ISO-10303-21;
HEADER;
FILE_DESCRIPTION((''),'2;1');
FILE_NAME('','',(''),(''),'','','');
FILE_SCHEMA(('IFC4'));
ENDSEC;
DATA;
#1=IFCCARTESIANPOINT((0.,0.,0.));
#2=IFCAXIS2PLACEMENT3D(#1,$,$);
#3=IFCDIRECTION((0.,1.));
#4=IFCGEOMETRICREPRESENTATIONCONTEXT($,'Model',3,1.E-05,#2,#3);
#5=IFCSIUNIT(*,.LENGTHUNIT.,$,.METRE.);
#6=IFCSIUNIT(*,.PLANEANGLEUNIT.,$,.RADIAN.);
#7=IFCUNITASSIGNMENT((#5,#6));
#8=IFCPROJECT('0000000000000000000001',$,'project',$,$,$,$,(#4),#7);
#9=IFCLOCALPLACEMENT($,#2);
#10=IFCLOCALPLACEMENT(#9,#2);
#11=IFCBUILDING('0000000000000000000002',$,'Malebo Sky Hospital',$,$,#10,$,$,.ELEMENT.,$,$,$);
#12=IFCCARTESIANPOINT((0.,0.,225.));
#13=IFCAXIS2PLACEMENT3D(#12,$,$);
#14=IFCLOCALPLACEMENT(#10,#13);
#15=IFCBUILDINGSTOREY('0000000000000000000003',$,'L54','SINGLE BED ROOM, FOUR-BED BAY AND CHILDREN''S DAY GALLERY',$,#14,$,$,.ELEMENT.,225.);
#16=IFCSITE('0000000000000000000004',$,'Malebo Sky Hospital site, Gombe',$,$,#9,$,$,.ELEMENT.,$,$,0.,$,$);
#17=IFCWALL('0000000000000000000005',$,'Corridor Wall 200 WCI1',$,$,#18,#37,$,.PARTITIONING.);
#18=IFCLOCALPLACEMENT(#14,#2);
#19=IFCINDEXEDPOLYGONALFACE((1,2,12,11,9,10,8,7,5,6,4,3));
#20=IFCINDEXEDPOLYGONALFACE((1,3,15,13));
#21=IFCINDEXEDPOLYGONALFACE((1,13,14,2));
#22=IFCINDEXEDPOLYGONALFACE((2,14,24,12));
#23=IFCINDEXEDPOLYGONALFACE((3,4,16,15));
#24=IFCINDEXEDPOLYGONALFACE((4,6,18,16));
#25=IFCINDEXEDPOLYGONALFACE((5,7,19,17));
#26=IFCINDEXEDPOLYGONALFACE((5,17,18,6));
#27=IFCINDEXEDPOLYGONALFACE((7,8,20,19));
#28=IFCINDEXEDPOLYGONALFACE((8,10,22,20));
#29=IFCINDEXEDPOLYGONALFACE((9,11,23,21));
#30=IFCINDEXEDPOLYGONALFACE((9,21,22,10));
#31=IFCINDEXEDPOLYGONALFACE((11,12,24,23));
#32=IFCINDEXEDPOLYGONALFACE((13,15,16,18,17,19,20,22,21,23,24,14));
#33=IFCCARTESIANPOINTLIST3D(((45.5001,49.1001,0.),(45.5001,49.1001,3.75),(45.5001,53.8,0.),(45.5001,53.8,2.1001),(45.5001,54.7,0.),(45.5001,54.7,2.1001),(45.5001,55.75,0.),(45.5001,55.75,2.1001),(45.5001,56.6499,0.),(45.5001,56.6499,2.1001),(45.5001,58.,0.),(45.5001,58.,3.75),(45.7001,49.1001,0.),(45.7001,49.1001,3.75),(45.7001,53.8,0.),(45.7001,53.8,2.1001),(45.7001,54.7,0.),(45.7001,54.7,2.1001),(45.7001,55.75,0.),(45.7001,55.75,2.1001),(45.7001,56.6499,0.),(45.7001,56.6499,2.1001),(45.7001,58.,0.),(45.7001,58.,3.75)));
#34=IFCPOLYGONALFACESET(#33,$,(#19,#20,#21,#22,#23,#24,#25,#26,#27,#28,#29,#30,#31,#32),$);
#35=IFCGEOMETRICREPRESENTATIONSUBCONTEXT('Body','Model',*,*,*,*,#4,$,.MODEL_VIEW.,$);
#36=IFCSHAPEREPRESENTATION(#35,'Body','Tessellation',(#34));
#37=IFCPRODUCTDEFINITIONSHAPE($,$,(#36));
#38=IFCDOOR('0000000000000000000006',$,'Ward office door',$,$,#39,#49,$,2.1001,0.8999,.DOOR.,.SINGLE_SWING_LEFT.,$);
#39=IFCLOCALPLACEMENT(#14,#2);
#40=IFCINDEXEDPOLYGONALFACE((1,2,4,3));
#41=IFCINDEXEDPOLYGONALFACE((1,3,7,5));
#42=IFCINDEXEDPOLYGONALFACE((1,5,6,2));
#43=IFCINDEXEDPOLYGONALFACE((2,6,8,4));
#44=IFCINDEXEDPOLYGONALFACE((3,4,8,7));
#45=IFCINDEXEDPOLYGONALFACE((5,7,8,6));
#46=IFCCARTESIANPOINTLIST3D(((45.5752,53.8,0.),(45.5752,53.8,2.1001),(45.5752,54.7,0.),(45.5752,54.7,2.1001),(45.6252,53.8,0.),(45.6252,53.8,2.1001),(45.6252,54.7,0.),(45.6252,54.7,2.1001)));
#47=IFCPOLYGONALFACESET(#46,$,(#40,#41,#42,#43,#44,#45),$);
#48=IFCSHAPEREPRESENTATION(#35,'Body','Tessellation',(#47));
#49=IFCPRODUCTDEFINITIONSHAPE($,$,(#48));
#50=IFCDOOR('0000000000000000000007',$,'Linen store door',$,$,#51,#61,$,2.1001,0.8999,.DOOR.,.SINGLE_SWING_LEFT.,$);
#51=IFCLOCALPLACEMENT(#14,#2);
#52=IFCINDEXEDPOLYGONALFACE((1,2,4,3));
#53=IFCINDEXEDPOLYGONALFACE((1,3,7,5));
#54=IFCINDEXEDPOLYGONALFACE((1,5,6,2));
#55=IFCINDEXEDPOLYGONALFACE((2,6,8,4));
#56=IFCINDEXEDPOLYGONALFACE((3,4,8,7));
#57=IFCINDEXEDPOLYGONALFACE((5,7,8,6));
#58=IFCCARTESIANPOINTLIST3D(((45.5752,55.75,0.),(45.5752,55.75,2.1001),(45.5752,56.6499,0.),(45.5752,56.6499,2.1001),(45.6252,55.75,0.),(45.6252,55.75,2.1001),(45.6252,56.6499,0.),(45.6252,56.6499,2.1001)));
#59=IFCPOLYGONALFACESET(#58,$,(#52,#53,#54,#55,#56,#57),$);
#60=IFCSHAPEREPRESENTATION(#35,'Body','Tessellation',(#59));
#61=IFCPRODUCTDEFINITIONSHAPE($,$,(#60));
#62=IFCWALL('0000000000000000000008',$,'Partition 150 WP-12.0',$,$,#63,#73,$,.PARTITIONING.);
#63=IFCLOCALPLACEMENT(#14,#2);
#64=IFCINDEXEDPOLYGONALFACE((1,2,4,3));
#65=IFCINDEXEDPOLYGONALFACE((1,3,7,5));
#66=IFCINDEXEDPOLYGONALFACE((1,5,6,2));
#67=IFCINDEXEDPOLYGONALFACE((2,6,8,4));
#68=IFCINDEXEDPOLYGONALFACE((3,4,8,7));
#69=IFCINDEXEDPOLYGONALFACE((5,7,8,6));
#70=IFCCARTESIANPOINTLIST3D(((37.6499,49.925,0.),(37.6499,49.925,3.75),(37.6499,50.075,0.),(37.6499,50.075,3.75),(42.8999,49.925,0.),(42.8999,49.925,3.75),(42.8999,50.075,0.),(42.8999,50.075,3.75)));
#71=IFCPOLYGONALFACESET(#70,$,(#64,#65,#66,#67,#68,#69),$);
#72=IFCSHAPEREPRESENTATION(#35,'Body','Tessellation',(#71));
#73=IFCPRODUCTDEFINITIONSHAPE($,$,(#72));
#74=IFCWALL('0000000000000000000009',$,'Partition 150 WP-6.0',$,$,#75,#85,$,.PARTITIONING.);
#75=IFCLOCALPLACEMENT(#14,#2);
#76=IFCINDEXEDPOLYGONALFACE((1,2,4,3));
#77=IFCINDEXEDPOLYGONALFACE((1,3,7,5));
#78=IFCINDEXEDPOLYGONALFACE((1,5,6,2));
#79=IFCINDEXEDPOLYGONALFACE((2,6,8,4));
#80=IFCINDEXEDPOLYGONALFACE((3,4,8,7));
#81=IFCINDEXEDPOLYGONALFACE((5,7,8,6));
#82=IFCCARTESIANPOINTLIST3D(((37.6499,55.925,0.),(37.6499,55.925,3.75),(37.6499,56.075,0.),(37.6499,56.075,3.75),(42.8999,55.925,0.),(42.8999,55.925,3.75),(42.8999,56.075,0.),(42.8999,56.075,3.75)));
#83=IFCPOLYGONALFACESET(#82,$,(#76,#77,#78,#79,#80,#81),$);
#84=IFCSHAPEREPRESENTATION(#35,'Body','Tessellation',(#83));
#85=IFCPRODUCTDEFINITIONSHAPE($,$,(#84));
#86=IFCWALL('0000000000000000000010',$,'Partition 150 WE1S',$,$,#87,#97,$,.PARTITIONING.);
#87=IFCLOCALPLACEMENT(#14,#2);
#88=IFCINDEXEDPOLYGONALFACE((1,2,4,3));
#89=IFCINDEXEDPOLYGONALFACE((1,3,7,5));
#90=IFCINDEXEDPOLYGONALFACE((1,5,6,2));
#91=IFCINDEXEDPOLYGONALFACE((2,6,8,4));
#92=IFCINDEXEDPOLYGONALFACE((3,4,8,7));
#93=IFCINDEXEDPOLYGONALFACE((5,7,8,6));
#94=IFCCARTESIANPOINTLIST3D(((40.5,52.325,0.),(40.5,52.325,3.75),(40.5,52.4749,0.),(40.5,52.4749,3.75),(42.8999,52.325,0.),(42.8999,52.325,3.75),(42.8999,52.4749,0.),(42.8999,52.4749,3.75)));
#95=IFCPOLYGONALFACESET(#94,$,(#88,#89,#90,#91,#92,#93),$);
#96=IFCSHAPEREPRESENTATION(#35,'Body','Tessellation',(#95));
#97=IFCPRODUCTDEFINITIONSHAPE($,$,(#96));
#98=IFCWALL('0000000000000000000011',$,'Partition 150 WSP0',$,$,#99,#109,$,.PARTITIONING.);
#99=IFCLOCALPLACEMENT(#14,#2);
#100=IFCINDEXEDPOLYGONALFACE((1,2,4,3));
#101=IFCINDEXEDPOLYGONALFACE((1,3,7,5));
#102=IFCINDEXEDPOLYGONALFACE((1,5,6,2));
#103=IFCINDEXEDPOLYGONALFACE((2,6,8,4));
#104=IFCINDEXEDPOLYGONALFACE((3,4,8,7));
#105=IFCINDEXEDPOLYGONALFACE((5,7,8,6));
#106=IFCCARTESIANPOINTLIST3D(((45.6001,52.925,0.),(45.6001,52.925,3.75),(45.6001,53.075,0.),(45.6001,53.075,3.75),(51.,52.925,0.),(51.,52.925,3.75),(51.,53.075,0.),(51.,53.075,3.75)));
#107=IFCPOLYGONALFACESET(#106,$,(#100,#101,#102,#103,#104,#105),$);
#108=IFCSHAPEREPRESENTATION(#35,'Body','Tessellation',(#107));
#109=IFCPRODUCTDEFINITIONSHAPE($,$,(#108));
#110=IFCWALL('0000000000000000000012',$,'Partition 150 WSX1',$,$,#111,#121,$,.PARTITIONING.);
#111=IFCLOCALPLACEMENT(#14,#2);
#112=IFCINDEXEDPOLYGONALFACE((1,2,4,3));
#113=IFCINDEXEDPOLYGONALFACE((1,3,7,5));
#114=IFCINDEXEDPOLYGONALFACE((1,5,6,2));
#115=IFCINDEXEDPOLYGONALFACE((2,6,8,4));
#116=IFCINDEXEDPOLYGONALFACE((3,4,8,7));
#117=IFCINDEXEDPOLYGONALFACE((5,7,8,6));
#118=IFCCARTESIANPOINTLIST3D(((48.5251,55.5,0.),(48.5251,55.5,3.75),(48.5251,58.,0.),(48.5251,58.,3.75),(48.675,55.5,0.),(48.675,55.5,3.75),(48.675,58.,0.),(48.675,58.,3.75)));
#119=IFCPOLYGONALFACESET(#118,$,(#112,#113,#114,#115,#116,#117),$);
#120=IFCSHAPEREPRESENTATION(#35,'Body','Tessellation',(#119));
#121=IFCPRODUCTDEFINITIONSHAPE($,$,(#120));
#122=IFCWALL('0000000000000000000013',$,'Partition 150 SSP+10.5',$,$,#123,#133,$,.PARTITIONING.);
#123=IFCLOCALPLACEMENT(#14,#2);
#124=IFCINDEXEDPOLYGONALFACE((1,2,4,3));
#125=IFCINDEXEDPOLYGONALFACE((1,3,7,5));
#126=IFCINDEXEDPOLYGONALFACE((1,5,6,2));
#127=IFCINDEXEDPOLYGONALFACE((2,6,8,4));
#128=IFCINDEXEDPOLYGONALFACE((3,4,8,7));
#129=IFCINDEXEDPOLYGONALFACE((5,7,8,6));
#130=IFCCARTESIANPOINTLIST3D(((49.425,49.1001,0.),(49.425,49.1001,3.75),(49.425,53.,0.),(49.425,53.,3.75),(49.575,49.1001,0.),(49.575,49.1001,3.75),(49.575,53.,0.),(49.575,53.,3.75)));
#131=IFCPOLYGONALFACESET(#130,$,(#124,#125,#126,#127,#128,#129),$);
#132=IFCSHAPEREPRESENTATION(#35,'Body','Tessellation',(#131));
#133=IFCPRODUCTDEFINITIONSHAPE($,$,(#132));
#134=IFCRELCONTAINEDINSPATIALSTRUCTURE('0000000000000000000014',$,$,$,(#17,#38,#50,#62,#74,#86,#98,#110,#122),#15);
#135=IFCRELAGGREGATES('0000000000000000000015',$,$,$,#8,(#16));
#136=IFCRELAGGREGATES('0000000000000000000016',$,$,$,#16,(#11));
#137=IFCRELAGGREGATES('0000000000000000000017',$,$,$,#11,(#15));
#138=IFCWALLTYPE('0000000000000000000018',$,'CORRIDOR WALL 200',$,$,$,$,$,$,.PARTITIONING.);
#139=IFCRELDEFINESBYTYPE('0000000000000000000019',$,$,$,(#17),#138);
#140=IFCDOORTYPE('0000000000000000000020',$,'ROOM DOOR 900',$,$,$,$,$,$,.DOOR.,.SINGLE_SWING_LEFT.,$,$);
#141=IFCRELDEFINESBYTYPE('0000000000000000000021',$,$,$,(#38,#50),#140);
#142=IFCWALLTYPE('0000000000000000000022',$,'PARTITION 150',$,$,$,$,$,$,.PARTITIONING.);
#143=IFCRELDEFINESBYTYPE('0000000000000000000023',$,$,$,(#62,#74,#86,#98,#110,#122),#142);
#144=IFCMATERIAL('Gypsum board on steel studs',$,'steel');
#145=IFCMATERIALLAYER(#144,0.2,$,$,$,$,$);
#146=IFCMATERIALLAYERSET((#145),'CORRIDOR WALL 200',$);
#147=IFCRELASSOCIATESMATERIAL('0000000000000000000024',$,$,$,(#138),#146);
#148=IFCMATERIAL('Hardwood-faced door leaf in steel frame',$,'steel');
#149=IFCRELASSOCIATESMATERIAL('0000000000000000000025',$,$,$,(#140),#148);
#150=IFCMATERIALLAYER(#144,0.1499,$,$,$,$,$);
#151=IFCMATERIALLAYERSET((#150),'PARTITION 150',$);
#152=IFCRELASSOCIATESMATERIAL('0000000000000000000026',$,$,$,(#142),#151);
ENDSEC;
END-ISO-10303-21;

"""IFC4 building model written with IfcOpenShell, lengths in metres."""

from ifc_helpers import new_model, si_unit, direction, frame, frame_2d, origin, place, context, subcontext, project, spatial, rectangle, extrude, material, layer, layer_set, type_object, element, fill, save


model = new_model("IFC4")

# Units and contexts
model_context = context("Model", 3, precision=1e-05, world=origin(), true_north=direction((0.0, 1.0)))
body_context = subcontext(model_context, "Body", "Model", "MODEL_VIEW")
ifc_project = project(units=[si_unit("LENGTHUNIT", "METRE"), si_unit("PLANEANGLEUNIT", "RADIAN")], contexts=[model_context])

# Site, building, storey
site_placement = place(None, origin())
site = spatial("IfcSite", under=ifc_project, at=site_placement, Name="Malebo Sky Hospital site, Gombe", CompositionType="ELEMENT", RefElevation=0.0)
building_placement = place(site_placement, origin())
building = spatial("IfcBuilding", under=site, at=building_placement, Name="Malebo Sky Hospital", CompositionType="ELEMENT")
storey_placement = place(building_placement, frame((0.0, 0.0, 225.0)))
storey = spatial("IfcBuildingStorey", under=building, at=storey_placement, Name="L54", Description="SINGLE BED ROOM, FOUR-BED BAY AND CHILDREN'S DAY GALLERY", CompositionType="ELEMENT", Elevation=225.0)

# Shared definitions
ifc_material_1 = material(Name="Hardwood-faced door leaf in steel frame", Category="steel")

# Wall, openings, doors
ifc_material_2 = material(Name="Gypsum board on steel studs", Category="steel")
ifc_layer_1 = layer(ifc_material_2, 0.2)
ifc_layer_set_1 = layer_set([ifc_layer_1], Name="CORRIDOR WALL 200")
wall_type_1 = type_object("IfcWallType", Name="CORRIDOR WALL 200", PredefinedType="PARTITIONING", material=ifc_layer_set_1)
wall_1_placement = place(storey_placement, frame((45.6001, 49.1001, 0.0), z_axis=(0.0, 0.0, 1.0), x_axis=(0.0, 1.0, 0.0)))
wall_1 = element("IfcWall", 1, at=wall_1_placement, inside=storey, type_object=wall_type_1, Name="Corridor Wall 200 WCI1", PredefinedType="PARTITIONING", context=body_context, shape_type="SweptSolid", body=[
    extrude(rectangle(XDim=8.8999, YDim=0.2, at=frame_2d((4.45, 0.0))), origin(), (0.0, 0.0, 1.0), 3.75),
])
opening_1_placement = place(wall_1_placement, frame((4.7, 0.0, 0.0)))
opening_1 = element("IfcOpeningElement", 2, at=opening_1_placement, cuts=wall_1, PredefinedType="OPENING", context=body_context, shape_type="SweptSolid", body=[
    extrude(rectangle(XDim=0.8999, YDim=2.1001, at=frame_2d((0.45, 1.05))), frame((0.0, 0.1099, 0.0), z_axis=(0.0, -1.0, 0.0), x_axis=(1.0, 0.0, 0.0)), (0.0, 0.0, 1.0), 0.22),
])
opening_2_placement = place(wall_1_placement, frame((6.6499, 0.0, 0.0)))
opening_2 = element("IfcOpeningElement", 3, at=opening_2_placement, cuts=wall_1, PredefinedType="OPENING", context=body_context, shape_type="SweptSolid", body=[
    extrude(rectangle(XDim=0.8999, YDim=2.1001, at=frame_2d((0.45, 1.05))), frame((0.0, 0.1099, 0.0), z_axis=(0.0, -1.0, 0.0), x_axis=(1.0, 0.0, 0.0)), (0.0, 0.0, 1.0), 0.22),
])
door_type_1 = type_object("IfcDoorType", Name="ROOM DOOR 900", OperationType="SINGLE_SWING_LEFT", PredefinedType="DOOR", material=ifc_material_1)
door_1_placement = place(opening_1_placement, origin())
door_1 = element("IfcDoor", 4, at=door_1_placement, inside=storey, type_object=door_type_1, Name="Ward office door", OperationType="SINGLE_SWING_LEFT", OverallHeight=2.1001, OverallWidth=0.8999, PredefinedType="DOOR", context=body_context, shape_type="SweptSolid", body=[
    extrude(rectangle(XDim=0.8999, YDim=2.1001, at=frame_2d((0.45, 1.05))), frame((0.0, 0.0249, 0.0), z_axis=(0.0, -1.0, 0.0), x_axis=(1.0, 0.0, 0.0)), (0.0, 0.0, 1.0), 0.05),
])
fill(opening_1, door_1)
door_2_placement = place(opening_2_placement, origin())
door_2 = element("IfcDoor", 5, at=door_2_placement, inside=storey, type_object=door_type_1, Name="Linen store door", OperationType="SINGLE_SWING_LEFT", OverallHeight=2.1001, OverallWidth=0.8999, PredefinedType="DOOR", context=body_context, shape_type="SweptSolid", body=[
    extrude(rectangle(XDim=0.8999, YDim=2.1001, at=frame_2d((0.45, 1.05))), frame((0.0, 0.0249, 0.0), z_axis=(0.0, -1.0, 0.0), x_axis=(1.0, 0.0, 0.0)), (0.0, 0.0, 1.0), 0.05),
])
fill(opening_2, door_2)

# Walls
ifc_layer_2 = layer(ifc_material_2, 0.1499)
ifc_layer_set_2 = layer_set([ifc_layer_2], Name="PARTITION 150")
wall_type_2 = type_object("IfcWallType", Name="PARTITION 150", PredefinedType="PARTITIONING", material=ifc_layer_set_2)
for number, where, z_axis, x_axis, name in (
    (6, (42.8999, 50.0, 0.0), (0.0, 0.0, 1.0), (-1.0, 0.0, 0.0), "Partition 150 WP-12.0"),
    (7, (42.8999, 56.0, 0.0), (0.0, 0.0, 1.0), (-1.0, 0.0, 0.0), "Partition 150 WP-6.0"),
):
    element("IfcWall", number, at=place(storey_placement, frame(where, z_axis=z_axis, x_axis=x_axis)), inside=storey, type_object=wall_type_2, Name=name, PredefinedType="PARTITIONING", context=body_context, shape_type="SweptSolid", body=[
        extrude(rectangle(XDim=5.25, YDim=0.1499, at=frame_2d((2.625, 0.0))), origin(), (0.0, 0.0, 1.0), 3.75),
    ])
wall_2_placement = place(storey_placement, frame((42.8999, 52.3999, 0.0), z_axis=(0.0, 0.0, 1.0), x_axis=(-1.0, 0.0, 0.0)))
element("IfcWall", 8, at=wall_2_placement, inside=storey, type_object=wall_type_2, Name="Partition 150 WE1S", PredefinedType="PARTITIONING", context=body_context, shape_type="SweptSolid", body=[
    extrude(rectangle(XDim=2.3999, YDim=0.1499, at=frame_2d((1.2, 0.0))), origin(), (0.0, 0.0, 1.0), 3.75),
])
wall_3_placement = place(storey_placement, frame((51.0, 53.0, 0.0), z_axis=(0.0, 0.0, 1.0), x_axis=(-1.0, 0.0, 0.0)))
element("IfcWall", 9, at=wall_3_placement, inside=storey, type_object=wall_type_2, Name="Partition 150 WSP0", PredefinedType="PARTITIONING", context=body_context, shape_type="SweptSolid", body=[
    extrude(rectangle(XDim=5.3999, YDim=0.1499, at=frame_2d((2.7, 0.0))), origin(), (0.0, 0.0, 1.0), 3.75),
])
wall_4_placement = place(storey_placement, frame((48.6001, 55.5, 0.0), z_axis=(0.0, 0.0, 1.0), x_axis=(0.0, 1.0, 0.0)))
element("IfcWall", 10, at=wall_4_placement, inside=storey, type_object=wall_type_2, Name="Partition 150 WSX1", PredefinedType="PARTITIONING", context=body_context, shape_type="SweptSolid", body=[
    extrude(rectangle(XDim=2.5, YDim=0.1499, at=frame_2d((1.25, 0.0))), origin(), (0.0, 0.0, 1.0), 3.75),
])
wall_5_placement = place(storey_placement, frame((49.5, 53.0, 0.0), z_axis=(0.0, 0.0, 1.0), x_axis=(0.0, -1.0, 0.0)))
element("IfcWall", 11, at=wall_5_placement, inside=storey, type_object=wall_type_2, Name="Partition 150 SSP+10.5", PredefinedType="PARTITIONING", context=body_context, shape_type="SweptSolid", body=[
    extrude(rectangle(XDim=3.8999, YDim=0.1499, at=frame_2d((1.95, 0.0))), origin(), (0.0, 0.0, 1.0), 3.75),
])

save(model, "model.ifc")
